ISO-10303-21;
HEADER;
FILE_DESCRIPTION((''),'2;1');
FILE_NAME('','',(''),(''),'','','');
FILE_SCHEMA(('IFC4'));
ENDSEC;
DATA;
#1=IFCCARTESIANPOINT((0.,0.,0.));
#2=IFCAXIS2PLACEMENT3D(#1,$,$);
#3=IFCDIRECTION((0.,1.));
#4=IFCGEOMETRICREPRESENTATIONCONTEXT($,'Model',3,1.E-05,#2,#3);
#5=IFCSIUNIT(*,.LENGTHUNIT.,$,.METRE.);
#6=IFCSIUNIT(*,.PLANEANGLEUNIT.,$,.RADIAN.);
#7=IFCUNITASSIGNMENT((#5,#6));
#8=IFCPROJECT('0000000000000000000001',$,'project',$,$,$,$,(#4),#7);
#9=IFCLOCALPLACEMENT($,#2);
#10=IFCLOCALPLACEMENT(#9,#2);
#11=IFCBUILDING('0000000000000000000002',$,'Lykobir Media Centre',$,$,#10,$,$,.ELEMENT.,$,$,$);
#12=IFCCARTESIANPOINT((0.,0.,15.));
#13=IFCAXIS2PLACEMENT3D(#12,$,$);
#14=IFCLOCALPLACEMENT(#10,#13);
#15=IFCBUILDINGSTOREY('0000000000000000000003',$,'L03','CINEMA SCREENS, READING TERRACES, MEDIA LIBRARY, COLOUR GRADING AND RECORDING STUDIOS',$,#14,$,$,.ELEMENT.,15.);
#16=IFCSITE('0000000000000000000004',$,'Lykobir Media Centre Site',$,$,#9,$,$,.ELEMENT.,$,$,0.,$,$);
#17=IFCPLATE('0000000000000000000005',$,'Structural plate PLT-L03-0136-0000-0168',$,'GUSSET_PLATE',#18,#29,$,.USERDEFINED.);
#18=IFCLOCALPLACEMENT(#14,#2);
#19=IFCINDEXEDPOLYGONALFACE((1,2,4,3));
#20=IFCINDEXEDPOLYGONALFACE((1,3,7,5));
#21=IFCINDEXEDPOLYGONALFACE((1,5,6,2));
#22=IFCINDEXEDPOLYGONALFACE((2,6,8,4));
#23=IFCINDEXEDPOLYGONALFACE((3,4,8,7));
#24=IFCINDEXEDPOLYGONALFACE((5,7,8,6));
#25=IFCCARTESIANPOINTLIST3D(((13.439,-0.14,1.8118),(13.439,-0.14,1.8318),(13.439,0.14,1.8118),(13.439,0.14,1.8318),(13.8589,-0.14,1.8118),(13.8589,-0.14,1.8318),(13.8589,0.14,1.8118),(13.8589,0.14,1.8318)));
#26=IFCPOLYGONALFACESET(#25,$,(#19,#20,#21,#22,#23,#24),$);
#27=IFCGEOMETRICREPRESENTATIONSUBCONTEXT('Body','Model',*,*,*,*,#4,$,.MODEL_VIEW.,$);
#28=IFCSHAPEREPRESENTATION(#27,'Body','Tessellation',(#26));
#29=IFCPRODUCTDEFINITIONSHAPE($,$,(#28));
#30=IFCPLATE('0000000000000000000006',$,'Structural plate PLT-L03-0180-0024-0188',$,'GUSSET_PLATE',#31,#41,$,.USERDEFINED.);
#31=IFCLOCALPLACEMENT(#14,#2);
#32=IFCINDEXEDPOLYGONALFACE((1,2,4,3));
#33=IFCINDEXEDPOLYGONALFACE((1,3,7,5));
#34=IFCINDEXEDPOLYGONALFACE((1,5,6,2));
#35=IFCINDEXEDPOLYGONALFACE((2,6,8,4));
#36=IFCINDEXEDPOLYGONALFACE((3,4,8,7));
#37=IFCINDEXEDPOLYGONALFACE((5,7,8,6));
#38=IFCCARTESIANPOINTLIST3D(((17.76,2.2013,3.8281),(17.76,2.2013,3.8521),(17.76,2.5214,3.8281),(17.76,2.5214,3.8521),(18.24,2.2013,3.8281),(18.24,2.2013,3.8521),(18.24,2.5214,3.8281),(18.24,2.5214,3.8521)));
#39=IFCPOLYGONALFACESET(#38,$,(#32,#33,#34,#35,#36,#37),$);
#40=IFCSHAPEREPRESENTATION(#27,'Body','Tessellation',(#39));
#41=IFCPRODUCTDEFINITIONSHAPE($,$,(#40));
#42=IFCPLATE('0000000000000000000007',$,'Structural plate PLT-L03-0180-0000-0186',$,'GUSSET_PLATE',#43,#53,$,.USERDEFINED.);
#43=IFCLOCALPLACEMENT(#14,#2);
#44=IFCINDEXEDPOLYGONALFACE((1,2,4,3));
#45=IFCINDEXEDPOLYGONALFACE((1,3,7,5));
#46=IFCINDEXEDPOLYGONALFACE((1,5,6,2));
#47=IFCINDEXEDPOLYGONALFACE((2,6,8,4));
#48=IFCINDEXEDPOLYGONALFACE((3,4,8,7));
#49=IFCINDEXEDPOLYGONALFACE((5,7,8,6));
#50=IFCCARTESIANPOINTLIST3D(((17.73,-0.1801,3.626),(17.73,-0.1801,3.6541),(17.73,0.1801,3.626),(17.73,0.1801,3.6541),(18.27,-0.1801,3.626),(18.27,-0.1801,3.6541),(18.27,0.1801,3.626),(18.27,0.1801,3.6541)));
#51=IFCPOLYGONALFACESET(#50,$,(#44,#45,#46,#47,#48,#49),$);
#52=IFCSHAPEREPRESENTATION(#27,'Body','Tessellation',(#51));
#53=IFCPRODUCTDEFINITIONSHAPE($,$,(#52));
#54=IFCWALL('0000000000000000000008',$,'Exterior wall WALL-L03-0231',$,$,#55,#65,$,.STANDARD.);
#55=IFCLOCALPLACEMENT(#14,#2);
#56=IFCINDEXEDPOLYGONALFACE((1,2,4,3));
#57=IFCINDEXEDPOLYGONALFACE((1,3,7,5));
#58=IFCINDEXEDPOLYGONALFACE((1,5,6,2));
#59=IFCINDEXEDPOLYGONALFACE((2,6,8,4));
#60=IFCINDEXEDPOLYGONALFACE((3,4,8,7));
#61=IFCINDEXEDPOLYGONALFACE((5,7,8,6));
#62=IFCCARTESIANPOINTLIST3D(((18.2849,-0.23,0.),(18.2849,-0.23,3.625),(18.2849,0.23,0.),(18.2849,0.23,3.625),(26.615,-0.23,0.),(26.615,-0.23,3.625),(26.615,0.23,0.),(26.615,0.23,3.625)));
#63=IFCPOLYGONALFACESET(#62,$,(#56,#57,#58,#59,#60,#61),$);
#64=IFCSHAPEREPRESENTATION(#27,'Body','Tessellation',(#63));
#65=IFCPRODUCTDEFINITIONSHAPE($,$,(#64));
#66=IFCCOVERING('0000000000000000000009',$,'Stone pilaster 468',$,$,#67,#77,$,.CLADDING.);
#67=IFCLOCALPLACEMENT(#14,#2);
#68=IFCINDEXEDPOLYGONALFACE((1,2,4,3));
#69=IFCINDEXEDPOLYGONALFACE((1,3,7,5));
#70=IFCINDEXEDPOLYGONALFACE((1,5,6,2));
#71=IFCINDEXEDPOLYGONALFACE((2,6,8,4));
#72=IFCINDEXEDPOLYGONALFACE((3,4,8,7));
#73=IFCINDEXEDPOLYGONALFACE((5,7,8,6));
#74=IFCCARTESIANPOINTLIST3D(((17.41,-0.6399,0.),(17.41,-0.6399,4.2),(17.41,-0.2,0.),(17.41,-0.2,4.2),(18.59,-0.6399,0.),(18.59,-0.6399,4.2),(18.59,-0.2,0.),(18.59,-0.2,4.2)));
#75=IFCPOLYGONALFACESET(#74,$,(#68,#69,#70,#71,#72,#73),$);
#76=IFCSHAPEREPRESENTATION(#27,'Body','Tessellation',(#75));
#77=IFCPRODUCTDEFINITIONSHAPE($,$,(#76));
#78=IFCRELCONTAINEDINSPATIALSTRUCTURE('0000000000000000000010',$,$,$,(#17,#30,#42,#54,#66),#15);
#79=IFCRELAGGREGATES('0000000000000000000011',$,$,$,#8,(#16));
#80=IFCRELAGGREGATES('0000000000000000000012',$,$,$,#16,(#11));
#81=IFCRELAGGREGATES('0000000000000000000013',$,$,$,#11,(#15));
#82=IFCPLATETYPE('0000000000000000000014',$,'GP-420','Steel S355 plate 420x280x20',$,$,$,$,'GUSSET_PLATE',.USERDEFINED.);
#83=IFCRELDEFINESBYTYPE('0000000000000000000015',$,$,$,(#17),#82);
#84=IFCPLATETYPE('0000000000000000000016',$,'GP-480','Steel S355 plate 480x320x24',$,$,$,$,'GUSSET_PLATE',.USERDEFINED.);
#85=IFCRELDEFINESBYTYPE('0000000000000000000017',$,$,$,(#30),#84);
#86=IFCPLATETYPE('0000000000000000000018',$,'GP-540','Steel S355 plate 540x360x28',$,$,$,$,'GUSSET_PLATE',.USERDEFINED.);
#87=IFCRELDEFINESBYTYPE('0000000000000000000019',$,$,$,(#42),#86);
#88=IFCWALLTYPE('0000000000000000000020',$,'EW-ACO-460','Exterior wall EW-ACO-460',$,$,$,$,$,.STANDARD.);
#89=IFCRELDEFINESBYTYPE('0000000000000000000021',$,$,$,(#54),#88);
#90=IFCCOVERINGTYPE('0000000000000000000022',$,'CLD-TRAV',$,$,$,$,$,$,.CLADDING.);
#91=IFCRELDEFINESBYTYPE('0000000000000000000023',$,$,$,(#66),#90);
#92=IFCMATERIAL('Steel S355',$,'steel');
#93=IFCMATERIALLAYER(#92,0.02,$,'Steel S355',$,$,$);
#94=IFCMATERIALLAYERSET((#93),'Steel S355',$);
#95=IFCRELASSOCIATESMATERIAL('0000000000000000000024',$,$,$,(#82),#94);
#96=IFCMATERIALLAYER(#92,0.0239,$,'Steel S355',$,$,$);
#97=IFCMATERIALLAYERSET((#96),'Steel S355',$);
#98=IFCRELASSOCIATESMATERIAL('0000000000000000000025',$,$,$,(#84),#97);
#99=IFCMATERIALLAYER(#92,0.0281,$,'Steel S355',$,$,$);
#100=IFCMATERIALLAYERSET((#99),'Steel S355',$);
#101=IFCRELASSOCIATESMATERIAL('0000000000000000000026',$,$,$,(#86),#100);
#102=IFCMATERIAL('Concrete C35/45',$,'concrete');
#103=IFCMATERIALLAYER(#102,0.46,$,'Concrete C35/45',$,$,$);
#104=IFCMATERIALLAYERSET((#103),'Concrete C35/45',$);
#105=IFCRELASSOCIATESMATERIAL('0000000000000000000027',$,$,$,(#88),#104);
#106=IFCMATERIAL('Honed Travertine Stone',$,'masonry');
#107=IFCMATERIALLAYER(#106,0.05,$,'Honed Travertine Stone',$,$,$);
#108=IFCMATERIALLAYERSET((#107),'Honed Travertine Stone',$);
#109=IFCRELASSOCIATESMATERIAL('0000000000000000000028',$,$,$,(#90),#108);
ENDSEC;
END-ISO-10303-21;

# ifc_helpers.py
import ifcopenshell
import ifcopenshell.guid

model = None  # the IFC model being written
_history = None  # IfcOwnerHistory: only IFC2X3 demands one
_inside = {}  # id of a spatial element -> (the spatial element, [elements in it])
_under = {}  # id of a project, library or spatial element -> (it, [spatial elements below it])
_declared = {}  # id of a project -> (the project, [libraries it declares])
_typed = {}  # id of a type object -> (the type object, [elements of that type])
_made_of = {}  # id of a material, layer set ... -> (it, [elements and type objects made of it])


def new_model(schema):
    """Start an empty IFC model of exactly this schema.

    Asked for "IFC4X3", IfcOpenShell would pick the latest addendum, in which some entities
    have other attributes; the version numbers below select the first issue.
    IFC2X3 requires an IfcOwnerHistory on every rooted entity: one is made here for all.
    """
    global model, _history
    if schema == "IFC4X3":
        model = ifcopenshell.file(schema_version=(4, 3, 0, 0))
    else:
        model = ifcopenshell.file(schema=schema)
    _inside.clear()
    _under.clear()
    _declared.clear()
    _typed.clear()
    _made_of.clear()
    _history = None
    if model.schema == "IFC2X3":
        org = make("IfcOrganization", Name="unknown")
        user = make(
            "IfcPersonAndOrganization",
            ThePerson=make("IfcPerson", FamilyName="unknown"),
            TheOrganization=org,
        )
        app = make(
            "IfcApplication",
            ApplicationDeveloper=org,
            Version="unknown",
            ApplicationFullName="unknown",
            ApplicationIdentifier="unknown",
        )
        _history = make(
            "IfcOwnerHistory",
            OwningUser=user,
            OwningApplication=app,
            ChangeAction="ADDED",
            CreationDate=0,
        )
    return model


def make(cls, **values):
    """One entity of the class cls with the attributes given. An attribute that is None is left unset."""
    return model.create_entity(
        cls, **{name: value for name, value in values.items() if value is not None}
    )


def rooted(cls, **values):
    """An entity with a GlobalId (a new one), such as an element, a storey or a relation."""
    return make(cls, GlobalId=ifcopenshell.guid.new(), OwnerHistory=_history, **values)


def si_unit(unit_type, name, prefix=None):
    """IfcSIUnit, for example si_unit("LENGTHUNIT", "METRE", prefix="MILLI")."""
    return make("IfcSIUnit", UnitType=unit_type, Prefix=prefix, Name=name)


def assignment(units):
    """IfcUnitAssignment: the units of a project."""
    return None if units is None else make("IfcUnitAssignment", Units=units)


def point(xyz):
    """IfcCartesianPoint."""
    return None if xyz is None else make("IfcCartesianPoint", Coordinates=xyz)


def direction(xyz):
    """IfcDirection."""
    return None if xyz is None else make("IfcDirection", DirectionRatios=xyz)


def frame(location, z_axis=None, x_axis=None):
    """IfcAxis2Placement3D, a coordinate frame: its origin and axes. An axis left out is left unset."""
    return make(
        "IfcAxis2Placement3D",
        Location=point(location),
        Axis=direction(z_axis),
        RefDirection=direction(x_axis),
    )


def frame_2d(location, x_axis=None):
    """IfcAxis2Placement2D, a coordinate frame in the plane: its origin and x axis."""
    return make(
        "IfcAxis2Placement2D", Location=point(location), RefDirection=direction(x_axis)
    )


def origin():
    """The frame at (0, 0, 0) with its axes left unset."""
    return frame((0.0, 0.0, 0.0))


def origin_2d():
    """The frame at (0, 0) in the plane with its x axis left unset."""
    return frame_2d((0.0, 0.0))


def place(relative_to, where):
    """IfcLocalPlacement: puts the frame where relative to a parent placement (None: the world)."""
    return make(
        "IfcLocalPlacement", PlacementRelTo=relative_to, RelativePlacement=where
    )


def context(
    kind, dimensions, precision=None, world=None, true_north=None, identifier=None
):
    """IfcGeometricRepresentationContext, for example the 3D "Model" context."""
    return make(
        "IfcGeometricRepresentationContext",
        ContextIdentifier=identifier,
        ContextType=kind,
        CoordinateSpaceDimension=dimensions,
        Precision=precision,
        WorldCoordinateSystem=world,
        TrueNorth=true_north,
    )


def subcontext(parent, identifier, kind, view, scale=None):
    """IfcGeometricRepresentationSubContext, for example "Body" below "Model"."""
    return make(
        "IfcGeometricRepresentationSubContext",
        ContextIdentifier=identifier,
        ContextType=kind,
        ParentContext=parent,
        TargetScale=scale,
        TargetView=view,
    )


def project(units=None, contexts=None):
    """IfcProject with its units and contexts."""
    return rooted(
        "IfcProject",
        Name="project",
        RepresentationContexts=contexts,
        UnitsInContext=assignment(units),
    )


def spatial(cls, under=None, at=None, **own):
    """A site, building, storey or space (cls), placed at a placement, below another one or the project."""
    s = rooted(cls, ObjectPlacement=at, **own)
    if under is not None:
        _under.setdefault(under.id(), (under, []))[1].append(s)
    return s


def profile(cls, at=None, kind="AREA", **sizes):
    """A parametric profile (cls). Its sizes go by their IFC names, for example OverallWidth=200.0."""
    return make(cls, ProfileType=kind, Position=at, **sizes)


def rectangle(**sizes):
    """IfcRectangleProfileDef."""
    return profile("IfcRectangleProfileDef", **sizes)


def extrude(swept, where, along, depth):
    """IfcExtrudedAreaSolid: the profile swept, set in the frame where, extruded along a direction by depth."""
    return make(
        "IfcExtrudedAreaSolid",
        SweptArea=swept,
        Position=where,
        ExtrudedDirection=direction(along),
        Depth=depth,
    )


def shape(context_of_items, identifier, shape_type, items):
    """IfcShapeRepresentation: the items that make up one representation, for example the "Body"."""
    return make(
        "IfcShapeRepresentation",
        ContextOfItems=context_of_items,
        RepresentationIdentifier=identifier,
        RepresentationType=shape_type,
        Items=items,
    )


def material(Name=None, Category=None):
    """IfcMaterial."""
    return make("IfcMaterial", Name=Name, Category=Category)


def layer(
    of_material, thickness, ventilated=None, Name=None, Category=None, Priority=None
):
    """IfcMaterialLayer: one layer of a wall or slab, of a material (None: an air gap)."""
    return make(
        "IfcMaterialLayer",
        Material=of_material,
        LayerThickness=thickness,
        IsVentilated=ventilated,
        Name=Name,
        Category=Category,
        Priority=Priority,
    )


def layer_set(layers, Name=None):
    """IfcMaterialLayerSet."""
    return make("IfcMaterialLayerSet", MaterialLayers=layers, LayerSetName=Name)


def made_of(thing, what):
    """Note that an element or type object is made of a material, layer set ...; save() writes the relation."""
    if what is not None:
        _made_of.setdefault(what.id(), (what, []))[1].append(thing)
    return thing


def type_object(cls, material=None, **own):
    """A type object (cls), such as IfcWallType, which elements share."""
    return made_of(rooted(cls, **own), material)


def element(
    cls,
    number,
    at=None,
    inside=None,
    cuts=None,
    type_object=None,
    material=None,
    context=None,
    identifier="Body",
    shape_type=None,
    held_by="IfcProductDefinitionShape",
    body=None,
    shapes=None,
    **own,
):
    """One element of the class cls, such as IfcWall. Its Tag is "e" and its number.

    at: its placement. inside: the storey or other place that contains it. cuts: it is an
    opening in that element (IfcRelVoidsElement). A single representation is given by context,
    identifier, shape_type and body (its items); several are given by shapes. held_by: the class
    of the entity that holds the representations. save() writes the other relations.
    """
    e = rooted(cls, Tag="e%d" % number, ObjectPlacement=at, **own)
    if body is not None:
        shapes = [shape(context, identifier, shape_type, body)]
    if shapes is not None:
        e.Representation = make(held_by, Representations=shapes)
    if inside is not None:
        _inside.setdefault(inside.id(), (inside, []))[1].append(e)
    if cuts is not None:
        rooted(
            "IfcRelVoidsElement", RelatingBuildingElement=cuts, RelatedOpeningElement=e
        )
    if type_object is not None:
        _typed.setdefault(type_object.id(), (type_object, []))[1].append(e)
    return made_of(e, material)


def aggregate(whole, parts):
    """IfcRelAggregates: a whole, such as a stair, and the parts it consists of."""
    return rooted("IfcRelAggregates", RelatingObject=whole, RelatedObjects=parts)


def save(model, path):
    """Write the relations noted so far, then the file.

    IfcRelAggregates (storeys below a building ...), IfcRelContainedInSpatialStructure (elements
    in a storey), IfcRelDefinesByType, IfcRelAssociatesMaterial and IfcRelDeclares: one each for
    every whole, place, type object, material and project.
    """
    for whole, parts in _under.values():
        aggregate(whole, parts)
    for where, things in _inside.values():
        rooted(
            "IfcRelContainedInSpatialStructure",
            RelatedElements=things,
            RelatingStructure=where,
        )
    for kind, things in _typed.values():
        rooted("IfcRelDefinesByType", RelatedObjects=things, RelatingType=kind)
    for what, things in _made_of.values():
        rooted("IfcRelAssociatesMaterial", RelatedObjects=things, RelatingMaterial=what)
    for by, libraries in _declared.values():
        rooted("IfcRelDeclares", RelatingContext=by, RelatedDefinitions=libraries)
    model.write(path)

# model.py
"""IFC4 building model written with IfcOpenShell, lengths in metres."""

from ifc_helpers import new_model, si_unit, direction, frame, frame_2d, origin, origin_2d, place, context, subcontext, project, spatial, rectangle, extrude, material, layer, layer_set, type_object, element, save


model = new_model("IFC4")

# Units and contexts
model_context = context("Model", 3, precision=1e-05, world=origin(), true_north=direction((0.0, 1.0)))
body_context = subcontext(model_context, "Body", "Model", "MODEL_VIEW")
ifc_project = project(units=[si_unit("LENGTHUNIT", "METRE"), si_unit("PLANEANGLEUNIT", "RADIAN")], contexts=[model_context])

# Site, building, storey
site_placement = place(None, origin())
site = spatial("IfcSite", under=ifc_project, at=site_placement, Name="Lykobir Media Centre Site", CompositionType="ELEMENT", RefElevation=0.0)
building_placement = place(site_placement, origin())
building = spatial("IfcBuilding", under=site, at=building_placement, Name="Lykobir Media Centre", CompositionType="ELEMENT")
storey_placement = place(building_placement, frame((0.0, 0.0, 15.0)))
storey = spatial("IfcBuildingStorey", under=building, at=storey_placement, Name="L03", Description="CINEMA SCREENS, READING TERRACES, MEDIA LIBRARY, COLOUR GRADING AND RECORDING STUDIOS", CompositionType="ELEMENT", Elevation=15.0)

# Shared definitions
ifc_material_1 = material(Name="Steel S355", Category="steel")

# Plates
ifc_layer_1 = layer(ifc_material_1, 0.02, Name="Steel S355")
ifc_layer_set_1 = layer_set([ifc_layer_1], Name="Steel S355")
plate_type_1 = type_object("IfcPlateType", Name="GP-420", Description="Steel S355 plate 420x280x20", ElementType="GUSSET_PLATE", PredefinedType="USERDEFINED", material=ifc_layer_set_1)
for number, where, z_axis, x_axis, name in (
    (1, (13.6489, 0.0, 1.8118), (0.0, 0.0, 1.0), (1.0, 0.0, 0.0), "Structural plate PLT-L03-0136-0000-0168"),
):
    element("IfcPlate", number, at=place(storey_placement, frame(where, z_axis=z_axis, x_axis=x_axis)), inside=storey, type_object=plate_type_1, Name=name, ObjectType="GUSSET_PLATE", PredefinedType="USERDEFINED", context=body_context, shape_type="SweptSolid", body=[
        extrude(rectangle(XDim=0.4199, YDim=0.28, at=origin_2d()), origin(), (0.0, 0.0, 1.0), 0.02),
    ])
ifc_layer_2 = layer(ifc_material_1, 0.0239, Name="Steel S355")
ifc_layer_set_2 = layer_set([ifc_layer_2], Name="Steel S355")
plate_type_2 = type_object("IfcPlateType", Name="GP-480", Description="Steel S355 plate 480x320x24", ElementType="GUSSET_PLATE", PredefinedType="USERDEFINED", material=ifc_layer_set_2)
plate_1_placement = place(storey_placement, frame((18.0, 2.3613, 3.8281), z_axis=(0.0, 0.0, 1.0), x_axis=(1.0, 0.0, 0.0)))
element("IfcPlate", 2, at=plate_1_placement, inside=storey, type_object=plate_type_2, Name="Structural plate PLT-L03-0180-0024-0188", ObjectType="GUSSET_PLATE", PredefinedType="USERDEFINED", context=body_context, shape_type="SweptSolid", body=[
    extrude(rectangle(XDim=0.48, YDim=0.3201, at=origin_2d()), origin(), (0.0, 0.0, 1.0), 0.0239),
])
ifc_layer_3 = layer(ifc_material_1, 0.0281, Name="Steel S355")
ifc_layer_set_3 = layer_set([ifc_layer_3], Name="Steel S355")
plate_type_3 = type_object("IfcPlateType", Name="GP-540", Description="Steel S355 plate 540x360x28", ElementType="GUSSET_PLATE", PredefinedType="USERDEFINED", material=ifc_layer_set_3)
plate_2_placement = place(storey_placement, frame((18.0, 0.0, 3.626), z_axis=(0.0, 0.0, 1.0), x_axis=(1.0, 0.0, 0.0)))
element("IfcPlate", 3, at=plate_2_placement, inside=storey, type_object=plate_type_3, Name="Structural plate PLT-L03-0180-0000-0186", ObjectType="GUSSET_PLATE", PredefinedType="USERDEFINED", context=body_context, shape_type="SweptSolid", body=[
    extrude(rectangle(XDim=0.54, YDim=0.3601, at=origin_2d()), origin(), (0.0, 0.0, 1.0), 0.0281),
])

# Wall
ifc_material_2 = material(Name="Concrete C35/45", Category="concrete")
ifc_layer_4 = layer(ifc_material_2, 0.46, Name="Concrete C35/45")
ifc_layer_set_4 = layer_set([ifc_layer_4], Name="Concrete C35/45")
wall_type = type_object("IfcWallType", Name="EW-ACO-460", Description="Exterior wall EW-ACO-460", PredefinedType="STANDARD", material=ifc_layer_set_4)
wall_placement = place(storey_placement, frame((18.2849, 0.0, 0.0), z_axis=(0.0, 0.0, 1.0), x_axis=(1.0, 0.0, 0.0)))
element("IfcWall", 4, at=wall_placement, inside=storey, type_object=wall_type, Name="Exterior wall WALL-L03-0231", PredefinedType="STANDARD", context=body_context, shape_type="SweptSolid", body=[
    extrude(rectangle(XDim=8.3301, YDim=0.46, at=frame_2d((4.165, 0.0))), origin(), (0.0, 0.0, 1.0), 3.625),
])

# Covering
ifc_material_3 = material(Name="Honed Travertine Stone", Category="masonry")
ifc_layer_5 = layer(ifc_material_3, 0.05, Name="Honed Travertine Stone")
ifc_layer_set_5 = layer_set([ifc_layer_5], Name="Honed Travertine Stone")
covering_type = type_object("IfcCoveringType", Name="CLD-TRAV", PredefinedType="CLADDING", material=ifc_layer_set_5)
covering_placement = place(storey_placement, frame((18.0, -0.4199, 0.0), z_axis=(0.0, 0.0, 1.0), x_axis=(1.0, 0.0, 0.0)))
element("IfcCovering", 5, at=covering_placement, inside=storey, type_object=covering_type, Name="Stone pilaster 468", PredefinedType="CLADDING", context=body_context, shape_type="SweptSolid", body=[
    extrude(rectangle(XDim=1.1799, YDim=0.4399, at=origin_2d()), origin(), (0.0, 0.0, 1.0), 4.2),
])

save(model, "model.ifc")
